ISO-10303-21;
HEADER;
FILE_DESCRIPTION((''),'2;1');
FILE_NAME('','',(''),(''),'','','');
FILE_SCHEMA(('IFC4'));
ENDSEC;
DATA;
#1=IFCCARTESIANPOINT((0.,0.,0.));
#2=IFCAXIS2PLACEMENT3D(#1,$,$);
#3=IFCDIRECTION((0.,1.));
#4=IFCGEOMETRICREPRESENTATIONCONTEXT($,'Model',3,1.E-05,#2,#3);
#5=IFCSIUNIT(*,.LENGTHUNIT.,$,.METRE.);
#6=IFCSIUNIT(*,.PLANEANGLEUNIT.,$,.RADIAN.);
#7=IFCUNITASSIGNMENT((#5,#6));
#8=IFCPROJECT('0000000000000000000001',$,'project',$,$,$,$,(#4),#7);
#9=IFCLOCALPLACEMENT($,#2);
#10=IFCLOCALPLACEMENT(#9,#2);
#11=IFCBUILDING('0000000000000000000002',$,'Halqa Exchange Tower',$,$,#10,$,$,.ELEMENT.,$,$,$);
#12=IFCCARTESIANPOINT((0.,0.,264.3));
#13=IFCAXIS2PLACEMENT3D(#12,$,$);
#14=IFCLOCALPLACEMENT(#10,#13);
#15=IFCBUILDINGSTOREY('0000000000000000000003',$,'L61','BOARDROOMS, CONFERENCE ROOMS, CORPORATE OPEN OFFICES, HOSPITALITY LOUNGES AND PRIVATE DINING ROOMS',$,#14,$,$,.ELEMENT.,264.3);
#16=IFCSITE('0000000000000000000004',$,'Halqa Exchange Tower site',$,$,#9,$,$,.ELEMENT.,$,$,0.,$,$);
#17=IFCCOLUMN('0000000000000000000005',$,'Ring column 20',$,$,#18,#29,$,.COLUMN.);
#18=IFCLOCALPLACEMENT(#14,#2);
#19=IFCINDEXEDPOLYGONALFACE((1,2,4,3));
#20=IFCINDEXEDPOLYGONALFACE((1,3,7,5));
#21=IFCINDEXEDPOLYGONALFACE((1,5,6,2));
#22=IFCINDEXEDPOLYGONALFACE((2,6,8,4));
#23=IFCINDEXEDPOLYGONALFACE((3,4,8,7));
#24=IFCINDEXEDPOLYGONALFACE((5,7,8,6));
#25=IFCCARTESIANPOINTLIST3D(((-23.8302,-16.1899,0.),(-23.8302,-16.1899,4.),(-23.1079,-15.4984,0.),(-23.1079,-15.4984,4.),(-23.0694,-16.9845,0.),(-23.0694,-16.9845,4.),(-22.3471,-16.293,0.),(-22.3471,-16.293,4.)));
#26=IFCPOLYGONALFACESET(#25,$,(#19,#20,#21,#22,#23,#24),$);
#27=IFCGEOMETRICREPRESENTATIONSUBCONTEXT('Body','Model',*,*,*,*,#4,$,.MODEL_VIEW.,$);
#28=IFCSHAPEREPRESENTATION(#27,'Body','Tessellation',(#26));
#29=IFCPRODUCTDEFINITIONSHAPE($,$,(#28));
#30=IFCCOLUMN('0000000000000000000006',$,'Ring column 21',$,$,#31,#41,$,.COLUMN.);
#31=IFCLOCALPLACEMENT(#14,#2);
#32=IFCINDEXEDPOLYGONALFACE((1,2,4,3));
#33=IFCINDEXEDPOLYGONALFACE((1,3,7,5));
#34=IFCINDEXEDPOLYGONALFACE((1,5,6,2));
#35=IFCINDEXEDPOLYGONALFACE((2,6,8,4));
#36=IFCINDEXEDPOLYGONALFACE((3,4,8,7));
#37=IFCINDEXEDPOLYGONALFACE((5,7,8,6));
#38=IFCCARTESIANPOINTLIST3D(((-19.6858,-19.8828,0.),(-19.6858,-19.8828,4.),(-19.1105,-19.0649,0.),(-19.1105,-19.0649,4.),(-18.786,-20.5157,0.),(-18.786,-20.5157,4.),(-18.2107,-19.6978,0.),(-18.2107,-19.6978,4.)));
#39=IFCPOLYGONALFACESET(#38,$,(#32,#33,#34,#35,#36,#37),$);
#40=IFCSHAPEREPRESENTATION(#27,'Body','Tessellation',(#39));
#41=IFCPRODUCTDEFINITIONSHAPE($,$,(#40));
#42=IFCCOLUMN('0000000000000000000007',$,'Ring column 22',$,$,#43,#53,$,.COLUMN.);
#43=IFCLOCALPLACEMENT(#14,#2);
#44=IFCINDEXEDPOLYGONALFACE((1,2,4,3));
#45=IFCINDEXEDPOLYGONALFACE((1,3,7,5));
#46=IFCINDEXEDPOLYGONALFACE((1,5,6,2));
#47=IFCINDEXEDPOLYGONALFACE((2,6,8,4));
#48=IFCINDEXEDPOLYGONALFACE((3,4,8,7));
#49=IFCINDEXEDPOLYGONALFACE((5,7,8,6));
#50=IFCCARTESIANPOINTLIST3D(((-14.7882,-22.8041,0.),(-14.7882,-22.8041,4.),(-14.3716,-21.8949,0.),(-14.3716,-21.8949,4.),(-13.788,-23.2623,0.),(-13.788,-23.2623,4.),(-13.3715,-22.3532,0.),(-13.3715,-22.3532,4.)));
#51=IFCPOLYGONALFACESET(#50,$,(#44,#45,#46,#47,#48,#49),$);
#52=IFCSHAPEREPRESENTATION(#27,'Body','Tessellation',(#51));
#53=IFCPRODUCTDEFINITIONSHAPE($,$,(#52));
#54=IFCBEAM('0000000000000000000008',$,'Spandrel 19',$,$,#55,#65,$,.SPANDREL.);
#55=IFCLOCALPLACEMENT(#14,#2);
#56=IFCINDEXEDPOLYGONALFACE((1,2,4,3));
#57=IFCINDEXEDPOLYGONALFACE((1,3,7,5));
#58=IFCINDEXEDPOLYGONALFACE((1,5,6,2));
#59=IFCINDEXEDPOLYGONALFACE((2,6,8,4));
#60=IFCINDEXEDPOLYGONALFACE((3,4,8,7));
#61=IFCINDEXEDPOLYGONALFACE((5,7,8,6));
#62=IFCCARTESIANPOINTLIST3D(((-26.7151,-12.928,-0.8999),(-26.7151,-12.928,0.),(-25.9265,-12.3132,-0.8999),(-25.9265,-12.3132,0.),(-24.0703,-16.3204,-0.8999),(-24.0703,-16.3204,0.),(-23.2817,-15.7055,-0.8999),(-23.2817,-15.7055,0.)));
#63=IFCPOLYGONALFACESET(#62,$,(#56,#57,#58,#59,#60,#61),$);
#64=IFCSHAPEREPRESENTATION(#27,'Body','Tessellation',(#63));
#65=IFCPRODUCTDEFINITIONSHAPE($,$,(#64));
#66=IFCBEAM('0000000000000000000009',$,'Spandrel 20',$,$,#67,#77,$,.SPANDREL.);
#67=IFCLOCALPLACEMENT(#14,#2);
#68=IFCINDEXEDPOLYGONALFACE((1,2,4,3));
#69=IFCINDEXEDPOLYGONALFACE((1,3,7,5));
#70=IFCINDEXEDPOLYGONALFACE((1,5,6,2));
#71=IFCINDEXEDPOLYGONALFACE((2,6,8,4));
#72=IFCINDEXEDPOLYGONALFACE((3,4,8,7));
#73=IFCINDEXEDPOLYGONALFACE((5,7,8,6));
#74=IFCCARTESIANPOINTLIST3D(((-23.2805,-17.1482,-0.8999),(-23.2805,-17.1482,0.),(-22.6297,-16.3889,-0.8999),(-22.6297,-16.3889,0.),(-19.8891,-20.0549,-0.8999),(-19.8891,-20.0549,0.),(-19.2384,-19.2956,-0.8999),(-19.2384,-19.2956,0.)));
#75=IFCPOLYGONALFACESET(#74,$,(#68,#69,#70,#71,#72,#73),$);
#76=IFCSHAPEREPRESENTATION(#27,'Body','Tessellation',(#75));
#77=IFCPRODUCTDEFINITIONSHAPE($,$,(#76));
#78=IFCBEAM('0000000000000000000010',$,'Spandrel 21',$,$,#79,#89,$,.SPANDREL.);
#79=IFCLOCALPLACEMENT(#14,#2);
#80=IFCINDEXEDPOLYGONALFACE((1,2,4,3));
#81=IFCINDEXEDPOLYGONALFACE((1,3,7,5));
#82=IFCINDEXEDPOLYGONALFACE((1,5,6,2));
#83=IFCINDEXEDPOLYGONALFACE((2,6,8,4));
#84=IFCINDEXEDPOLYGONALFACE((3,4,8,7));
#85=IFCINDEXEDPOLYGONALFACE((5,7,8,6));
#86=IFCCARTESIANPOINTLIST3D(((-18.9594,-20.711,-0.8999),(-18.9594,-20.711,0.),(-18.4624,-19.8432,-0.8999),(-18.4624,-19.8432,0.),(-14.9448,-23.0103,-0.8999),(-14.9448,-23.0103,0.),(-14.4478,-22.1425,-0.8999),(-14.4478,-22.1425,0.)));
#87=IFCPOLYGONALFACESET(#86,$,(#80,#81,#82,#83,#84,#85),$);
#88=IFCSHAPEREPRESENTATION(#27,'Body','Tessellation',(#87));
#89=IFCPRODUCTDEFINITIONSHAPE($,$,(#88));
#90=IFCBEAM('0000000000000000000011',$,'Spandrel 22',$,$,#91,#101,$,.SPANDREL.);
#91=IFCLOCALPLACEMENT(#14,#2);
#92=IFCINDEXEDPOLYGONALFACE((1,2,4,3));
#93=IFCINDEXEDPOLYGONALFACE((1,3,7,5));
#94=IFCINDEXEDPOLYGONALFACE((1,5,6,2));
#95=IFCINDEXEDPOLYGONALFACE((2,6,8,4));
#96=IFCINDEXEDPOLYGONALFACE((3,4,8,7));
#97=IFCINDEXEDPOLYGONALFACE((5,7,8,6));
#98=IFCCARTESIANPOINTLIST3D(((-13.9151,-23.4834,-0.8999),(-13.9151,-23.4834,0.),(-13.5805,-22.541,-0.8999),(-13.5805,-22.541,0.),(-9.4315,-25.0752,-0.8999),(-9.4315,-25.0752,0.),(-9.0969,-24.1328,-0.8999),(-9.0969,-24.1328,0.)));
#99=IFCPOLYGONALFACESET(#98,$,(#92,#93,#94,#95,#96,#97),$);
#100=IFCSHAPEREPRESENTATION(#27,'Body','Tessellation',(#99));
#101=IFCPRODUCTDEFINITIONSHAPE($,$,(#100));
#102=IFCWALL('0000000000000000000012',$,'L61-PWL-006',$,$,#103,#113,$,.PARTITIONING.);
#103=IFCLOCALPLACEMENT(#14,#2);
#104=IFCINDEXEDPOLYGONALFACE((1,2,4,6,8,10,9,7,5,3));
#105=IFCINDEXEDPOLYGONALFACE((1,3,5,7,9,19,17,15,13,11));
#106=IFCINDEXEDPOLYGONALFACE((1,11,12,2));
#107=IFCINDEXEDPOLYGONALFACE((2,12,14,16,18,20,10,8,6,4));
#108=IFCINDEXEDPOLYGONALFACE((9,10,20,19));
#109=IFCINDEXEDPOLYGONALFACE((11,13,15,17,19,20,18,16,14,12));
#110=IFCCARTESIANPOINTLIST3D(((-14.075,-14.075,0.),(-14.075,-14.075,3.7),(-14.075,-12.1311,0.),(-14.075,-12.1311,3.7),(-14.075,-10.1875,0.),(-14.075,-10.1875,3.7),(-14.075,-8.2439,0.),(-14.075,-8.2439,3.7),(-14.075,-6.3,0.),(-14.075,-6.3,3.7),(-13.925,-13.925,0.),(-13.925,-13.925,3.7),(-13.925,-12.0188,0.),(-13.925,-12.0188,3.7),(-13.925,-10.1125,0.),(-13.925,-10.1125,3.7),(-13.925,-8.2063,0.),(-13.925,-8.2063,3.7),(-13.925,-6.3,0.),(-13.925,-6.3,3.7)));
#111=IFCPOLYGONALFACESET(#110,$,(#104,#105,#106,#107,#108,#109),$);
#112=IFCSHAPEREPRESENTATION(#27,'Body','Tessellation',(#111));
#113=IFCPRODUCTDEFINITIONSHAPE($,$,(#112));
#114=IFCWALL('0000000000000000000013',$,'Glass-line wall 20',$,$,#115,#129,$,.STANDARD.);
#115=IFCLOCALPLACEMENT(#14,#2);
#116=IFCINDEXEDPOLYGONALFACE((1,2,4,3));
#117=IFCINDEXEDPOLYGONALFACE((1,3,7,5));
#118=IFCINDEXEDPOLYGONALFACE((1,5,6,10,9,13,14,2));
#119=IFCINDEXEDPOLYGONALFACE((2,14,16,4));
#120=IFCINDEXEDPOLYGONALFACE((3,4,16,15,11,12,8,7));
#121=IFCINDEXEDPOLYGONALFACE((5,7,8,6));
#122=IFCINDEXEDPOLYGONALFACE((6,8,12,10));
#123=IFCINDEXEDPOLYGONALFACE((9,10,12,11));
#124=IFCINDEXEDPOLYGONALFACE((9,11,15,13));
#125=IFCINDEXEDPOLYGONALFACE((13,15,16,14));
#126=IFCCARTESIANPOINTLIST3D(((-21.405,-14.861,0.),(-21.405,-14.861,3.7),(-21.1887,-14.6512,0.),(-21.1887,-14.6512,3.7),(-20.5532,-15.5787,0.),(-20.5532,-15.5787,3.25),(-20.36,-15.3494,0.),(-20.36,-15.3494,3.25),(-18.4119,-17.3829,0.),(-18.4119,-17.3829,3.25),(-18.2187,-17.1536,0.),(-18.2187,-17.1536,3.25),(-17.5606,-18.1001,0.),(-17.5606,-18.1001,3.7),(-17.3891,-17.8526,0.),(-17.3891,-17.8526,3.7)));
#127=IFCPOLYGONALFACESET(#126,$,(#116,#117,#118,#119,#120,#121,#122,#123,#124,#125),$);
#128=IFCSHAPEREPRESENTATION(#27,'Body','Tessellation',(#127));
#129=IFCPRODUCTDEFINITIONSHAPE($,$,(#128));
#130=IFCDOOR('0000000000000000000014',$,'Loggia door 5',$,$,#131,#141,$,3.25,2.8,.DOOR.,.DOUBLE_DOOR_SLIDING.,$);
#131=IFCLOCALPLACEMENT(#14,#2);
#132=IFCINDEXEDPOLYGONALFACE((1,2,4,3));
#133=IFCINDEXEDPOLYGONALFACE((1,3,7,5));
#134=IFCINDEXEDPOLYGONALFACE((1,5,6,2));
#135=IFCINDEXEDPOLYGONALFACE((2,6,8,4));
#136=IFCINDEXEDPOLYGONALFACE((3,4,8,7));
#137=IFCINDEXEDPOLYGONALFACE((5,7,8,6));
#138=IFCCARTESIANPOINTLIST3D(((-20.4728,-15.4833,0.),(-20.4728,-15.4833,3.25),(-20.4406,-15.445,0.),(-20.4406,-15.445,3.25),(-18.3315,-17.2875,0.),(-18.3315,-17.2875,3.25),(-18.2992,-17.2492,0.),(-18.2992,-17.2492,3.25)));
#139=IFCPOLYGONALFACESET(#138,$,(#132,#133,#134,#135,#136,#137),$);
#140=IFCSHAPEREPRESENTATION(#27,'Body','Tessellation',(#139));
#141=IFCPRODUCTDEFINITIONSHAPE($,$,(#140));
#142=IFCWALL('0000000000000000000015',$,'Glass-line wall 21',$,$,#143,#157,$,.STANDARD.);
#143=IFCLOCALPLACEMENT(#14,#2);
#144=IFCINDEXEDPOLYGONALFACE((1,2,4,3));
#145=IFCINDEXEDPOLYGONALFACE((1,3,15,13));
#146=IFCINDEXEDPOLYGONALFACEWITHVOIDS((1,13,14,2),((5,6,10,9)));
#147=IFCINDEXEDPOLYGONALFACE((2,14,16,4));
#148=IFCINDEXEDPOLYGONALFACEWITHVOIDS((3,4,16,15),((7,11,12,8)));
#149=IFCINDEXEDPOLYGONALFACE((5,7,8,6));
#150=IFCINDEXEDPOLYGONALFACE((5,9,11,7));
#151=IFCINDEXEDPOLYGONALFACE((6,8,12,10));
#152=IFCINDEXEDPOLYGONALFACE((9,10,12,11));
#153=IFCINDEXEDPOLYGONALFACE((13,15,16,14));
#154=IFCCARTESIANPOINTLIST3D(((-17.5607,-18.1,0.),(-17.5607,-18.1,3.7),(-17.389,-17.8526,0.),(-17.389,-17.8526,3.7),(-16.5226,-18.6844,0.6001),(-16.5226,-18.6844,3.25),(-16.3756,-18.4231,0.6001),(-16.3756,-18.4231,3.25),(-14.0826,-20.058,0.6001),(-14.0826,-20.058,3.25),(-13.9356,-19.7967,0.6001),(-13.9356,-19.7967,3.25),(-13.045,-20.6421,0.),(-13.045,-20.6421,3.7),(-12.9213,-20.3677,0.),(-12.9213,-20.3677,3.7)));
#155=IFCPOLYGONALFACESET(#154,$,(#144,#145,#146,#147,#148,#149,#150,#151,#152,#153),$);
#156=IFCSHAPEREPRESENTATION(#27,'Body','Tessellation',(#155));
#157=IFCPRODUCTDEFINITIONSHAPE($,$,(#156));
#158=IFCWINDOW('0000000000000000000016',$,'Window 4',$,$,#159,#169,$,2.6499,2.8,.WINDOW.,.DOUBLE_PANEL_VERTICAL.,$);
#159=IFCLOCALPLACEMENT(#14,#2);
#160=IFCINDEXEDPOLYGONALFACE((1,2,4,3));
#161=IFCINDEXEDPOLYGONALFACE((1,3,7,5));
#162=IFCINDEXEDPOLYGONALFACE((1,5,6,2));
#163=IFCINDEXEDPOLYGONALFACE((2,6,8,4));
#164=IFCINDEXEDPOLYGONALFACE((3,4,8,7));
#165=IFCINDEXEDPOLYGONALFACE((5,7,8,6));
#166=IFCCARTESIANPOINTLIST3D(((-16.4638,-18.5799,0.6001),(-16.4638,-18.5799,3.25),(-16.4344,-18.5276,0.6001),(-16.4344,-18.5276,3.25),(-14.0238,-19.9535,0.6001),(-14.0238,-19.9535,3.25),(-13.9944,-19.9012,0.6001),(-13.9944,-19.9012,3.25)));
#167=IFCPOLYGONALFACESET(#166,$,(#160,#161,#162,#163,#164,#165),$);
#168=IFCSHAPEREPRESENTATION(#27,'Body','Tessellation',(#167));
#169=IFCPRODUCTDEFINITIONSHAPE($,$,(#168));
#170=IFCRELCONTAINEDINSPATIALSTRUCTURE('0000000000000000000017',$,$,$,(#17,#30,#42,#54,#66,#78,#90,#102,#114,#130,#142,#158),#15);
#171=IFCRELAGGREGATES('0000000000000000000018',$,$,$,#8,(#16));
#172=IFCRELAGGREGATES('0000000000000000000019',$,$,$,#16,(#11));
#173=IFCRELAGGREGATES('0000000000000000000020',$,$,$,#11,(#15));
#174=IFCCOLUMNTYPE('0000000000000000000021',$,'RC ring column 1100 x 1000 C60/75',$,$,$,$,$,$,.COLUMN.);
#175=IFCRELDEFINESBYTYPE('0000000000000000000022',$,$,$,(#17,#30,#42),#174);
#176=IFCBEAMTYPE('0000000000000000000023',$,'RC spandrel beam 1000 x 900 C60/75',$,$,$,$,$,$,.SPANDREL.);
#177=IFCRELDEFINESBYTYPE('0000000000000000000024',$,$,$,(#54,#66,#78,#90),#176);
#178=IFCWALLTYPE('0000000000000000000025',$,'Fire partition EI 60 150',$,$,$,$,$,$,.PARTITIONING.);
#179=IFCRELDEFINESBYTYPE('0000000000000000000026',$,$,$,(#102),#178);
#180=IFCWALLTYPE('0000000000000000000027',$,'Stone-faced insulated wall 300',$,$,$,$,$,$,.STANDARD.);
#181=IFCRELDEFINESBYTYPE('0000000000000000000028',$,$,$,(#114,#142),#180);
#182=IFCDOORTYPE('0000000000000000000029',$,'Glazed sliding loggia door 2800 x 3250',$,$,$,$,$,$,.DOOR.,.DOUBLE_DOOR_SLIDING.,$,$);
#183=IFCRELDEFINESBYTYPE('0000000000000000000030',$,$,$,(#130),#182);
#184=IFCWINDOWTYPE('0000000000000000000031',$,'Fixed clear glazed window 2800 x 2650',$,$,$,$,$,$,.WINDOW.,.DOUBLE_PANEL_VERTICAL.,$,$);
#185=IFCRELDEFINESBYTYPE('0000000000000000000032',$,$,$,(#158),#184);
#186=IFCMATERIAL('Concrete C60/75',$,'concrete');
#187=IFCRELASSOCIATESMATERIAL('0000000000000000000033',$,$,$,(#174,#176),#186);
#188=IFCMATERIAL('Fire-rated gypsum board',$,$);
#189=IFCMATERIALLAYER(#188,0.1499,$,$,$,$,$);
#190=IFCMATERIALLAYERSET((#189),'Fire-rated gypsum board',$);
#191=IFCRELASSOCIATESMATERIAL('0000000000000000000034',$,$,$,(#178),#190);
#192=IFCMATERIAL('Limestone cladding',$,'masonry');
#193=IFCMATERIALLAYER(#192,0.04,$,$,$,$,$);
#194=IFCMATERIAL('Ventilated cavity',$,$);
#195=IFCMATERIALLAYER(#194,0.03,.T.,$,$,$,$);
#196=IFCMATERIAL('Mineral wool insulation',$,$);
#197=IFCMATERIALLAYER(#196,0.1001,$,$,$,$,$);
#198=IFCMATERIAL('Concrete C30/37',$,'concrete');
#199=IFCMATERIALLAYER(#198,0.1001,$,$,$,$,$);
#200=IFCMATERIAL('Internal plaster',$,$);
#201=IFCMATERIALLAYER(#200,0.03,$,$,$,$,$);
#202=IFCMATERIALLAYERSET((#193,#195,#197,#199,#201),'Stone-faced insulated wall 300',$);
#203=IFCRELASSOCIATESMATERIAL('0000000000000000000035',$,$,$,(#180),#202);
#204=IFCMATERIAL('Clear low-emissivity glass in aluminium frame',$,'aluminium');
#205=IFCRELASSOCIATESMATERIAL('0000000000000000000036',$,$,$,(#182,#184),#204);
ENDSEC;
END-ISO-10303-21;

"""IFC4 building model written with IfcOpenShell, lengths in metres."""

from ifc_helpers import new_model, si_unit, direction, frame, frame_2d, origin, origin_2d, place, context, subcontext, project, spatial, polyline, rectangle, outline, extrude, material, layer, layer_set, material_profile, profile_set, type_object, element, fill, save


model = new_model("IFC4")

# Units and contexts
model_context = context("Model", 3, precision=1e-05, world=origin(), true_north=direction((0.0, 1.0)))
body_context = subcontext(model_context, "Body", "Model", "MODEL_VIEW")
ifc_project = project(units=[si_unit("LENGTHUNIT", "METRE"), si_unit("PLANEANGLEUNIT", "RADIAN")], contexts=[model_context])

# Site, building, storey
site_placement = place(None, origin())
site = spatial("IfcSite", under=ifc_project, at=site_placement, Name="Halqa Exchange Tower site", CompositionType="ELEMENT", RefElevation=0.0)
building_placement = place(site_placement, origin())
building = spatial("IfcBuilding", under=site, at=building_placement, Name="Halqa Exchange Tower", CompositionType="ELEMENT")
storey_placement = place(building_placement, frame((0.0, 0.0, 264.3)))
storey = spatial("IfcBuildingStorey", under=building, at=storey_placement, Name="L61", Description="BOARDROOMS, CONFERENCE ROOMS, CORPORATE OPEN OFFICES, HOSPITALITY LOUNGES AND PRIVATE DINING ROOMS", CompositionType="ELEMENT", Elevation=264.3)

# Columns
ifc_material_1 = material(Name="Concrete C60/75", Category="concrete")
ifc_material_profile_1 = material_profile(ifc_material_1, rectangle(XDim=1.1001, YDim=1.0, at=origin_2d()), Name="1100 x 1000")
ifc_profile_set_1 = profile_set([ifc_material_profile_1], Name="Concrete C60/75")
column_type = type_object("IfcColumnType", Name="RC ring column 1100 x 1000 C60/75", PredefinedType="COLUMN", material=ifc_profile_set_1)
for number, where, z_axis, x_axis, name in (
    (1, (-23.0886, -16.2415, 0.0), (0.0, 0.0, 1.0), (0.69158, -0.7223, 0.0), "Ring column 20"),
    (2, (-18.9482, -19.7903, 0.0), (0.0, 0.0, 1.0), (0.817907, -0.575351, 0.0), "Ring column 21"),
    (3, (-14.0798, -22.5786, 0.0), (0.0, 0.0, 1.0), (0.909127, -0.416519, 0.0), "Ring column 22"),
):
    element("IfcColumn", number, at=place(storey_placement, frame(where, z_axis=z_axis, x_axis=x_axis)), inside=storey, type_object=column_type, Name=name, PredefinedType="COLUMN", context=body_context, shape_type="SweptSolid", body=[
        extrude(rectangle(XDim=1.1001, YDim=1.0, at=origin_2d()), origin(), (0.0, 0.0, 1.0), 4.0),
    ])

# Beams
ifc_material_profile_2 = material_profile(ifc_material_1, rectangle(XDim=1.0, YDim=0.8999, at=origin_2d()), Name="1000 x 900")
ifc_profile_set_2 = profile_set([ifc_material_profile_2], Name="Concrete C60/75")
beam_type = type_object("IfcBeamType", Name="RC spandrel beam 1000 x 900 C60/75", PredefinedType="SPANDREL", material=ifc_profile_set_2)
beam_1_placement = place(storey_placement, frame((-26.3208, -12.6206, -0.45), z_axis=(0.614852, -0.788643, 0.0), x_axis=(0.788643, 0.614852, 0.0)))
element("IfcBeam", 4, at=beam_1_placement, inside=storey, type_object=beam_type, Name="Spandrel 19", PredefinedType="SPANDREL", context=body_context, shape_type="SweptSolid", body=[
    extrude(rectangle(XDim=1.0, YDim=0.8999, at=origin_2d()), origin(), (0.0, 0.0, 1.0), 4.3015),
])
beam_2_placement = place(storey_placement, frame((-22.9551, -16.7686, -0.45), z_axis=(0.759272, -0.650773, 0.0), x_axis=(0.650773, 0.759272, 0.0)))
element("IfcBeam", 5, at=beam_2_placement, inside=storey, type_object=beam_type, Name="Spandrel 20", PredefinedType="SPANDREL", context=body_context, shape_type="SweptSolid", body=[
    extrude(rectangle(XDim=1.0, YDim=0.8999, at=origin_2d()), origin(), (0.0, 0.0, 1.0), 4.4666),
])
beam_3_placement = place(storey_placement, frame((-18.7109, -20.2771, -0.45), z_axis=(0.867756, -0.496991, 0.0), x_axis=(0.496991, 0.867756, 0.0)))
element("IfcBeam", 6, at=beam_3_placement, inside=storey, type_object=beam_type, Name="Spandrel 21", PredefinedType="SPANDREL", context=body_context, shape_type="SweptSolid", body=[
    extrude(rectangle(XDim=1.0, YDim=0.8999, at=origin_2d()), origin(), (0.0, 0.0, 1.0), 4.6265),
])
beam_4_placement = place(storey_placement, frame((-13.7478, -23.0122, -0.45), z_axis=(0.942373, -0.334564, 0.0), x_axis=(0.334564, 0.942373, 0.0)))
element("IfcBeam", 7, at=beam_4_placement, inside=storey, type_object=beam_type, Name="Spandrel 22", PredefinedType="SPANDREL", context=body_context, shape_type="SweptSolid", body=[
    extrude(rectangle(XDim=1.0, YDim=0.8999, at=origin_2d()), origin(), (0.0, 0.0, 1.0), 4.7578),
])

# Wall
ifc_material_2 = material(Name="Fire-rated gypsum board")
ifc_layer_1 = layer(ifc_material_2, 0.1499)
ifc_layer_set_1 = layer_set([ifc_layer_1], Name="Fire-rated gypsum board")
wall_type_1 = type_object("IfcWallType", Name="Fire partition EI 60 150", PredefinedType="PARTITIONING", material=ifc_layer_set_1)
wall_1_placement = place(storey_placement, frame((-14.0, -14.075, 0.0), z_axis=(0.0, 0.0, 1.0), x_axis=(0.0, 1.0, 0.0)))
element("IfcWall", 8, at=wall_1_placement, inside=storey, type_object=wall_type_1, Name="L61-PWL-006", PredefinedType="PARTITIONING", context=body_context, shape_type="SweptSolid", body=[
    extrude(outline(polyline([(7.7749, 0.075), (5.8311, 0.075), (3.8875, 0.075), (1.9438, 0.075), (0.0, 0.075), (0.1499, -0.075), (2.0562, -0.075), (3.9624, -0.075), (5.8687, -0.075), (7.7749, -0.075), (7.7749, 0.075)])), origin(), (0.0, 0.0, 1.0), 3.7),
])

# Wall, opening, door
ifc_material_3 = material(Name="Limestone cladding", Category="masonry")
ifc_layer_2 = layer(ifc_material_3, 0.04)
ifc_material_4 = material(Name="Ventilated cavity")
ifc_layer_3 = layer(ifc_material_4, 0.03, ventilated=True)
ifc_material_5 = material(Name="Mineral wool insulation")
ifc_layer_4 = layer(ifc_material_5, 0.1001)
ifc_material_6 = material(Name="Concrete C30/37", Category="concrete")
ifc_layer_5 = layer(ifc_material_6, 0.1001)
ifc_material_7 = material(Name="Internal plaster")
ifc_layer_6 = layer(ifc_material_7, 0.03)
ifc_layer_set_2 = layer_set([ifc_layer_2, ifc_layer_3, ifc_layer_4, ifc_layer_5, ifc_layer_6], Name="Stone-faced insulated wall 300")
wall_type_2 = type_object("IfcWallType", Name="Stone-faced insulated wall 300", PredefinedType="STANDARD", material=ifc_layer_set_2)
wall_2_placement = place(storey_placement, frame((-21.2969, -14.7561, 0.0), z_axis=(0.0, 0.0, 1.0), x_axis=(0.764746, -0.644331, 0.0)))
wall_2 = element("IfcWall", 9, at=wall_2_placement, inside=storey, type_object=wall_type_2, Name="Glass-line wall 20", PredefinedType="STANDARD", context=body_context, shape_type="SweptSolid", body=[
    extrude(outline(polyline([(-0.0151, -0.1499), (5.012, -0.1499), (4.9836, 0.1499), (0.0151, 0.1499), (-0.0151, -0.1499)])), origin(), (0.0, 0.0, 1.0), 3.7),
])
opening_1_placement = place(wall_2_placement, frame((1.0989, 0.0, 0.0)))
opening_1 = element("IfcOpeningElement", 10, at=opening_1_placement, cuts=wall_2, PredefinedType="OPENING", context=body_context, shape_type="SweptSolid", body=[
    extrude(rectangle(XDim=2.8, YDim=3.25, at=frame_2d((1.3999, 1.625))), frame((0.0, 0.1621, 0.0), z_axis=(0.0, -1.0, 0.0), x_axis=(1.0, 0.0, 0.0)), (0.0, 0.0, 1.0), 0.324),
])
ifc_material_8 = material(Name="Clear low-emissivity glass in aluminium frame", Category="aluminium")
door_type_1 = type_object("IfcDoorType", Name="Glazed sliding loggia door 2800 x 3250", OperationType="DOUBLE_DOOR_SLIDING", PredefinedType="DOOR", material=ifc_material_8)
door_1_placement = place(opening_1_placement, origin())
door_1 = element("IfcDoor", 11, at=door_1_placement, inside=storey, type_object=door_type_1, Name="Loggia door 5", OperationType="DOUBLE_DOOR_SLIDING", OverallHeight=3.25, OverallWidth=2.8, PredefinedType="DOOR", context=body_context, shape_type="SweptSolid", body=[
    extrude(rectangle(XDim=2.8, YDim=3.25, at=frame_2d((1.3999, 1.625))), frame((0.0, 0.0249, 0.0), z_axis=(0.0, -1.0, 0.0), x_axis=(1.0, 0.0, 0.0)), (0.0, 0.0, 1.0), 0.05),
])
fill(opening_1, door_1)

# Wall, opening, window
wall_3_placement = place(storey_placement, frame((-17.4749, -17.9763, 0.0), z_axis=(0.0, 0.0, 1.0), x_axis=(0.871411, -0.490554, 0.0)))
wall_3 = element("IfcWall", 12, at=wall_3_placement, inside=storey, type_object=wall_type_2, Name="Glass-line wall 21", PredefinedType="STANDARD", context=body_context, shape_type="SweptSolid", body=[
    extrude(outline(polyline([(-0.0142, -0.1499), (5.168, -0.1499), (5.1411, 0.1499), (0.0142, 0.1499), (-0.0142, -0.1499)])), origin(), (0.0, 0.0, 1.0), 3.7),
])
opening_2_placement = place(wall_3_placement, frame((1.1772, 0.0, 0.6001)))
opening_2 = element("IfcOpeningElement", 13, at=opening_2_placement, cuts=wall_3, PredefinedType="OPENING", context=body_context, shape_type="SweptSolid", body=[
    extrude(rectangle(XDim=2.8, YDim=2.6499, at=frame_2d((1.3999, 1.325))), frame((0.0, 0.1621, 0.0), z_axis=(0.0, -1.0, 0.0), x_axis=(1.0, 0.0, 0.0)), (0.0, 0.0, 1.0), 0.324),
])
window_type = type_object("IfcWindowType", Name="Fixed clear glazed window 2800 x 2650", PartitioningType="DOUBLE_PANEL_VERTICAL", PredefinedType="WINDOW", material=ifc_material_8)
window_1_placement = place(opening_2_placement, origin())
window_1 = element("IfcWindow", 14, at=window_1_placement, inside=storey, type_object=window_type, Name="Window 4", OverallHeight=2.6499, OverallWidth=2.8, PartitioningType="DOUBLE_PANEL_VERTICAL", PredefinedType="WINDOW", context=body_context, shape_type="SweptSolid", body=[
    extrude(rectangle(XDim=2.8, YDim=2.6499, at=frame_2d((1.3999, 1.325))), frame((0.0, 0.03, 0.0), z_axis=(0.0, -1.0, 0.0), x_axis=(1.0, 0.0, 0.0)), (0.0, 0.0, 1.0), 0.0601),
])
fill(opening_2, window_1)

save(model, "model.ifc")
